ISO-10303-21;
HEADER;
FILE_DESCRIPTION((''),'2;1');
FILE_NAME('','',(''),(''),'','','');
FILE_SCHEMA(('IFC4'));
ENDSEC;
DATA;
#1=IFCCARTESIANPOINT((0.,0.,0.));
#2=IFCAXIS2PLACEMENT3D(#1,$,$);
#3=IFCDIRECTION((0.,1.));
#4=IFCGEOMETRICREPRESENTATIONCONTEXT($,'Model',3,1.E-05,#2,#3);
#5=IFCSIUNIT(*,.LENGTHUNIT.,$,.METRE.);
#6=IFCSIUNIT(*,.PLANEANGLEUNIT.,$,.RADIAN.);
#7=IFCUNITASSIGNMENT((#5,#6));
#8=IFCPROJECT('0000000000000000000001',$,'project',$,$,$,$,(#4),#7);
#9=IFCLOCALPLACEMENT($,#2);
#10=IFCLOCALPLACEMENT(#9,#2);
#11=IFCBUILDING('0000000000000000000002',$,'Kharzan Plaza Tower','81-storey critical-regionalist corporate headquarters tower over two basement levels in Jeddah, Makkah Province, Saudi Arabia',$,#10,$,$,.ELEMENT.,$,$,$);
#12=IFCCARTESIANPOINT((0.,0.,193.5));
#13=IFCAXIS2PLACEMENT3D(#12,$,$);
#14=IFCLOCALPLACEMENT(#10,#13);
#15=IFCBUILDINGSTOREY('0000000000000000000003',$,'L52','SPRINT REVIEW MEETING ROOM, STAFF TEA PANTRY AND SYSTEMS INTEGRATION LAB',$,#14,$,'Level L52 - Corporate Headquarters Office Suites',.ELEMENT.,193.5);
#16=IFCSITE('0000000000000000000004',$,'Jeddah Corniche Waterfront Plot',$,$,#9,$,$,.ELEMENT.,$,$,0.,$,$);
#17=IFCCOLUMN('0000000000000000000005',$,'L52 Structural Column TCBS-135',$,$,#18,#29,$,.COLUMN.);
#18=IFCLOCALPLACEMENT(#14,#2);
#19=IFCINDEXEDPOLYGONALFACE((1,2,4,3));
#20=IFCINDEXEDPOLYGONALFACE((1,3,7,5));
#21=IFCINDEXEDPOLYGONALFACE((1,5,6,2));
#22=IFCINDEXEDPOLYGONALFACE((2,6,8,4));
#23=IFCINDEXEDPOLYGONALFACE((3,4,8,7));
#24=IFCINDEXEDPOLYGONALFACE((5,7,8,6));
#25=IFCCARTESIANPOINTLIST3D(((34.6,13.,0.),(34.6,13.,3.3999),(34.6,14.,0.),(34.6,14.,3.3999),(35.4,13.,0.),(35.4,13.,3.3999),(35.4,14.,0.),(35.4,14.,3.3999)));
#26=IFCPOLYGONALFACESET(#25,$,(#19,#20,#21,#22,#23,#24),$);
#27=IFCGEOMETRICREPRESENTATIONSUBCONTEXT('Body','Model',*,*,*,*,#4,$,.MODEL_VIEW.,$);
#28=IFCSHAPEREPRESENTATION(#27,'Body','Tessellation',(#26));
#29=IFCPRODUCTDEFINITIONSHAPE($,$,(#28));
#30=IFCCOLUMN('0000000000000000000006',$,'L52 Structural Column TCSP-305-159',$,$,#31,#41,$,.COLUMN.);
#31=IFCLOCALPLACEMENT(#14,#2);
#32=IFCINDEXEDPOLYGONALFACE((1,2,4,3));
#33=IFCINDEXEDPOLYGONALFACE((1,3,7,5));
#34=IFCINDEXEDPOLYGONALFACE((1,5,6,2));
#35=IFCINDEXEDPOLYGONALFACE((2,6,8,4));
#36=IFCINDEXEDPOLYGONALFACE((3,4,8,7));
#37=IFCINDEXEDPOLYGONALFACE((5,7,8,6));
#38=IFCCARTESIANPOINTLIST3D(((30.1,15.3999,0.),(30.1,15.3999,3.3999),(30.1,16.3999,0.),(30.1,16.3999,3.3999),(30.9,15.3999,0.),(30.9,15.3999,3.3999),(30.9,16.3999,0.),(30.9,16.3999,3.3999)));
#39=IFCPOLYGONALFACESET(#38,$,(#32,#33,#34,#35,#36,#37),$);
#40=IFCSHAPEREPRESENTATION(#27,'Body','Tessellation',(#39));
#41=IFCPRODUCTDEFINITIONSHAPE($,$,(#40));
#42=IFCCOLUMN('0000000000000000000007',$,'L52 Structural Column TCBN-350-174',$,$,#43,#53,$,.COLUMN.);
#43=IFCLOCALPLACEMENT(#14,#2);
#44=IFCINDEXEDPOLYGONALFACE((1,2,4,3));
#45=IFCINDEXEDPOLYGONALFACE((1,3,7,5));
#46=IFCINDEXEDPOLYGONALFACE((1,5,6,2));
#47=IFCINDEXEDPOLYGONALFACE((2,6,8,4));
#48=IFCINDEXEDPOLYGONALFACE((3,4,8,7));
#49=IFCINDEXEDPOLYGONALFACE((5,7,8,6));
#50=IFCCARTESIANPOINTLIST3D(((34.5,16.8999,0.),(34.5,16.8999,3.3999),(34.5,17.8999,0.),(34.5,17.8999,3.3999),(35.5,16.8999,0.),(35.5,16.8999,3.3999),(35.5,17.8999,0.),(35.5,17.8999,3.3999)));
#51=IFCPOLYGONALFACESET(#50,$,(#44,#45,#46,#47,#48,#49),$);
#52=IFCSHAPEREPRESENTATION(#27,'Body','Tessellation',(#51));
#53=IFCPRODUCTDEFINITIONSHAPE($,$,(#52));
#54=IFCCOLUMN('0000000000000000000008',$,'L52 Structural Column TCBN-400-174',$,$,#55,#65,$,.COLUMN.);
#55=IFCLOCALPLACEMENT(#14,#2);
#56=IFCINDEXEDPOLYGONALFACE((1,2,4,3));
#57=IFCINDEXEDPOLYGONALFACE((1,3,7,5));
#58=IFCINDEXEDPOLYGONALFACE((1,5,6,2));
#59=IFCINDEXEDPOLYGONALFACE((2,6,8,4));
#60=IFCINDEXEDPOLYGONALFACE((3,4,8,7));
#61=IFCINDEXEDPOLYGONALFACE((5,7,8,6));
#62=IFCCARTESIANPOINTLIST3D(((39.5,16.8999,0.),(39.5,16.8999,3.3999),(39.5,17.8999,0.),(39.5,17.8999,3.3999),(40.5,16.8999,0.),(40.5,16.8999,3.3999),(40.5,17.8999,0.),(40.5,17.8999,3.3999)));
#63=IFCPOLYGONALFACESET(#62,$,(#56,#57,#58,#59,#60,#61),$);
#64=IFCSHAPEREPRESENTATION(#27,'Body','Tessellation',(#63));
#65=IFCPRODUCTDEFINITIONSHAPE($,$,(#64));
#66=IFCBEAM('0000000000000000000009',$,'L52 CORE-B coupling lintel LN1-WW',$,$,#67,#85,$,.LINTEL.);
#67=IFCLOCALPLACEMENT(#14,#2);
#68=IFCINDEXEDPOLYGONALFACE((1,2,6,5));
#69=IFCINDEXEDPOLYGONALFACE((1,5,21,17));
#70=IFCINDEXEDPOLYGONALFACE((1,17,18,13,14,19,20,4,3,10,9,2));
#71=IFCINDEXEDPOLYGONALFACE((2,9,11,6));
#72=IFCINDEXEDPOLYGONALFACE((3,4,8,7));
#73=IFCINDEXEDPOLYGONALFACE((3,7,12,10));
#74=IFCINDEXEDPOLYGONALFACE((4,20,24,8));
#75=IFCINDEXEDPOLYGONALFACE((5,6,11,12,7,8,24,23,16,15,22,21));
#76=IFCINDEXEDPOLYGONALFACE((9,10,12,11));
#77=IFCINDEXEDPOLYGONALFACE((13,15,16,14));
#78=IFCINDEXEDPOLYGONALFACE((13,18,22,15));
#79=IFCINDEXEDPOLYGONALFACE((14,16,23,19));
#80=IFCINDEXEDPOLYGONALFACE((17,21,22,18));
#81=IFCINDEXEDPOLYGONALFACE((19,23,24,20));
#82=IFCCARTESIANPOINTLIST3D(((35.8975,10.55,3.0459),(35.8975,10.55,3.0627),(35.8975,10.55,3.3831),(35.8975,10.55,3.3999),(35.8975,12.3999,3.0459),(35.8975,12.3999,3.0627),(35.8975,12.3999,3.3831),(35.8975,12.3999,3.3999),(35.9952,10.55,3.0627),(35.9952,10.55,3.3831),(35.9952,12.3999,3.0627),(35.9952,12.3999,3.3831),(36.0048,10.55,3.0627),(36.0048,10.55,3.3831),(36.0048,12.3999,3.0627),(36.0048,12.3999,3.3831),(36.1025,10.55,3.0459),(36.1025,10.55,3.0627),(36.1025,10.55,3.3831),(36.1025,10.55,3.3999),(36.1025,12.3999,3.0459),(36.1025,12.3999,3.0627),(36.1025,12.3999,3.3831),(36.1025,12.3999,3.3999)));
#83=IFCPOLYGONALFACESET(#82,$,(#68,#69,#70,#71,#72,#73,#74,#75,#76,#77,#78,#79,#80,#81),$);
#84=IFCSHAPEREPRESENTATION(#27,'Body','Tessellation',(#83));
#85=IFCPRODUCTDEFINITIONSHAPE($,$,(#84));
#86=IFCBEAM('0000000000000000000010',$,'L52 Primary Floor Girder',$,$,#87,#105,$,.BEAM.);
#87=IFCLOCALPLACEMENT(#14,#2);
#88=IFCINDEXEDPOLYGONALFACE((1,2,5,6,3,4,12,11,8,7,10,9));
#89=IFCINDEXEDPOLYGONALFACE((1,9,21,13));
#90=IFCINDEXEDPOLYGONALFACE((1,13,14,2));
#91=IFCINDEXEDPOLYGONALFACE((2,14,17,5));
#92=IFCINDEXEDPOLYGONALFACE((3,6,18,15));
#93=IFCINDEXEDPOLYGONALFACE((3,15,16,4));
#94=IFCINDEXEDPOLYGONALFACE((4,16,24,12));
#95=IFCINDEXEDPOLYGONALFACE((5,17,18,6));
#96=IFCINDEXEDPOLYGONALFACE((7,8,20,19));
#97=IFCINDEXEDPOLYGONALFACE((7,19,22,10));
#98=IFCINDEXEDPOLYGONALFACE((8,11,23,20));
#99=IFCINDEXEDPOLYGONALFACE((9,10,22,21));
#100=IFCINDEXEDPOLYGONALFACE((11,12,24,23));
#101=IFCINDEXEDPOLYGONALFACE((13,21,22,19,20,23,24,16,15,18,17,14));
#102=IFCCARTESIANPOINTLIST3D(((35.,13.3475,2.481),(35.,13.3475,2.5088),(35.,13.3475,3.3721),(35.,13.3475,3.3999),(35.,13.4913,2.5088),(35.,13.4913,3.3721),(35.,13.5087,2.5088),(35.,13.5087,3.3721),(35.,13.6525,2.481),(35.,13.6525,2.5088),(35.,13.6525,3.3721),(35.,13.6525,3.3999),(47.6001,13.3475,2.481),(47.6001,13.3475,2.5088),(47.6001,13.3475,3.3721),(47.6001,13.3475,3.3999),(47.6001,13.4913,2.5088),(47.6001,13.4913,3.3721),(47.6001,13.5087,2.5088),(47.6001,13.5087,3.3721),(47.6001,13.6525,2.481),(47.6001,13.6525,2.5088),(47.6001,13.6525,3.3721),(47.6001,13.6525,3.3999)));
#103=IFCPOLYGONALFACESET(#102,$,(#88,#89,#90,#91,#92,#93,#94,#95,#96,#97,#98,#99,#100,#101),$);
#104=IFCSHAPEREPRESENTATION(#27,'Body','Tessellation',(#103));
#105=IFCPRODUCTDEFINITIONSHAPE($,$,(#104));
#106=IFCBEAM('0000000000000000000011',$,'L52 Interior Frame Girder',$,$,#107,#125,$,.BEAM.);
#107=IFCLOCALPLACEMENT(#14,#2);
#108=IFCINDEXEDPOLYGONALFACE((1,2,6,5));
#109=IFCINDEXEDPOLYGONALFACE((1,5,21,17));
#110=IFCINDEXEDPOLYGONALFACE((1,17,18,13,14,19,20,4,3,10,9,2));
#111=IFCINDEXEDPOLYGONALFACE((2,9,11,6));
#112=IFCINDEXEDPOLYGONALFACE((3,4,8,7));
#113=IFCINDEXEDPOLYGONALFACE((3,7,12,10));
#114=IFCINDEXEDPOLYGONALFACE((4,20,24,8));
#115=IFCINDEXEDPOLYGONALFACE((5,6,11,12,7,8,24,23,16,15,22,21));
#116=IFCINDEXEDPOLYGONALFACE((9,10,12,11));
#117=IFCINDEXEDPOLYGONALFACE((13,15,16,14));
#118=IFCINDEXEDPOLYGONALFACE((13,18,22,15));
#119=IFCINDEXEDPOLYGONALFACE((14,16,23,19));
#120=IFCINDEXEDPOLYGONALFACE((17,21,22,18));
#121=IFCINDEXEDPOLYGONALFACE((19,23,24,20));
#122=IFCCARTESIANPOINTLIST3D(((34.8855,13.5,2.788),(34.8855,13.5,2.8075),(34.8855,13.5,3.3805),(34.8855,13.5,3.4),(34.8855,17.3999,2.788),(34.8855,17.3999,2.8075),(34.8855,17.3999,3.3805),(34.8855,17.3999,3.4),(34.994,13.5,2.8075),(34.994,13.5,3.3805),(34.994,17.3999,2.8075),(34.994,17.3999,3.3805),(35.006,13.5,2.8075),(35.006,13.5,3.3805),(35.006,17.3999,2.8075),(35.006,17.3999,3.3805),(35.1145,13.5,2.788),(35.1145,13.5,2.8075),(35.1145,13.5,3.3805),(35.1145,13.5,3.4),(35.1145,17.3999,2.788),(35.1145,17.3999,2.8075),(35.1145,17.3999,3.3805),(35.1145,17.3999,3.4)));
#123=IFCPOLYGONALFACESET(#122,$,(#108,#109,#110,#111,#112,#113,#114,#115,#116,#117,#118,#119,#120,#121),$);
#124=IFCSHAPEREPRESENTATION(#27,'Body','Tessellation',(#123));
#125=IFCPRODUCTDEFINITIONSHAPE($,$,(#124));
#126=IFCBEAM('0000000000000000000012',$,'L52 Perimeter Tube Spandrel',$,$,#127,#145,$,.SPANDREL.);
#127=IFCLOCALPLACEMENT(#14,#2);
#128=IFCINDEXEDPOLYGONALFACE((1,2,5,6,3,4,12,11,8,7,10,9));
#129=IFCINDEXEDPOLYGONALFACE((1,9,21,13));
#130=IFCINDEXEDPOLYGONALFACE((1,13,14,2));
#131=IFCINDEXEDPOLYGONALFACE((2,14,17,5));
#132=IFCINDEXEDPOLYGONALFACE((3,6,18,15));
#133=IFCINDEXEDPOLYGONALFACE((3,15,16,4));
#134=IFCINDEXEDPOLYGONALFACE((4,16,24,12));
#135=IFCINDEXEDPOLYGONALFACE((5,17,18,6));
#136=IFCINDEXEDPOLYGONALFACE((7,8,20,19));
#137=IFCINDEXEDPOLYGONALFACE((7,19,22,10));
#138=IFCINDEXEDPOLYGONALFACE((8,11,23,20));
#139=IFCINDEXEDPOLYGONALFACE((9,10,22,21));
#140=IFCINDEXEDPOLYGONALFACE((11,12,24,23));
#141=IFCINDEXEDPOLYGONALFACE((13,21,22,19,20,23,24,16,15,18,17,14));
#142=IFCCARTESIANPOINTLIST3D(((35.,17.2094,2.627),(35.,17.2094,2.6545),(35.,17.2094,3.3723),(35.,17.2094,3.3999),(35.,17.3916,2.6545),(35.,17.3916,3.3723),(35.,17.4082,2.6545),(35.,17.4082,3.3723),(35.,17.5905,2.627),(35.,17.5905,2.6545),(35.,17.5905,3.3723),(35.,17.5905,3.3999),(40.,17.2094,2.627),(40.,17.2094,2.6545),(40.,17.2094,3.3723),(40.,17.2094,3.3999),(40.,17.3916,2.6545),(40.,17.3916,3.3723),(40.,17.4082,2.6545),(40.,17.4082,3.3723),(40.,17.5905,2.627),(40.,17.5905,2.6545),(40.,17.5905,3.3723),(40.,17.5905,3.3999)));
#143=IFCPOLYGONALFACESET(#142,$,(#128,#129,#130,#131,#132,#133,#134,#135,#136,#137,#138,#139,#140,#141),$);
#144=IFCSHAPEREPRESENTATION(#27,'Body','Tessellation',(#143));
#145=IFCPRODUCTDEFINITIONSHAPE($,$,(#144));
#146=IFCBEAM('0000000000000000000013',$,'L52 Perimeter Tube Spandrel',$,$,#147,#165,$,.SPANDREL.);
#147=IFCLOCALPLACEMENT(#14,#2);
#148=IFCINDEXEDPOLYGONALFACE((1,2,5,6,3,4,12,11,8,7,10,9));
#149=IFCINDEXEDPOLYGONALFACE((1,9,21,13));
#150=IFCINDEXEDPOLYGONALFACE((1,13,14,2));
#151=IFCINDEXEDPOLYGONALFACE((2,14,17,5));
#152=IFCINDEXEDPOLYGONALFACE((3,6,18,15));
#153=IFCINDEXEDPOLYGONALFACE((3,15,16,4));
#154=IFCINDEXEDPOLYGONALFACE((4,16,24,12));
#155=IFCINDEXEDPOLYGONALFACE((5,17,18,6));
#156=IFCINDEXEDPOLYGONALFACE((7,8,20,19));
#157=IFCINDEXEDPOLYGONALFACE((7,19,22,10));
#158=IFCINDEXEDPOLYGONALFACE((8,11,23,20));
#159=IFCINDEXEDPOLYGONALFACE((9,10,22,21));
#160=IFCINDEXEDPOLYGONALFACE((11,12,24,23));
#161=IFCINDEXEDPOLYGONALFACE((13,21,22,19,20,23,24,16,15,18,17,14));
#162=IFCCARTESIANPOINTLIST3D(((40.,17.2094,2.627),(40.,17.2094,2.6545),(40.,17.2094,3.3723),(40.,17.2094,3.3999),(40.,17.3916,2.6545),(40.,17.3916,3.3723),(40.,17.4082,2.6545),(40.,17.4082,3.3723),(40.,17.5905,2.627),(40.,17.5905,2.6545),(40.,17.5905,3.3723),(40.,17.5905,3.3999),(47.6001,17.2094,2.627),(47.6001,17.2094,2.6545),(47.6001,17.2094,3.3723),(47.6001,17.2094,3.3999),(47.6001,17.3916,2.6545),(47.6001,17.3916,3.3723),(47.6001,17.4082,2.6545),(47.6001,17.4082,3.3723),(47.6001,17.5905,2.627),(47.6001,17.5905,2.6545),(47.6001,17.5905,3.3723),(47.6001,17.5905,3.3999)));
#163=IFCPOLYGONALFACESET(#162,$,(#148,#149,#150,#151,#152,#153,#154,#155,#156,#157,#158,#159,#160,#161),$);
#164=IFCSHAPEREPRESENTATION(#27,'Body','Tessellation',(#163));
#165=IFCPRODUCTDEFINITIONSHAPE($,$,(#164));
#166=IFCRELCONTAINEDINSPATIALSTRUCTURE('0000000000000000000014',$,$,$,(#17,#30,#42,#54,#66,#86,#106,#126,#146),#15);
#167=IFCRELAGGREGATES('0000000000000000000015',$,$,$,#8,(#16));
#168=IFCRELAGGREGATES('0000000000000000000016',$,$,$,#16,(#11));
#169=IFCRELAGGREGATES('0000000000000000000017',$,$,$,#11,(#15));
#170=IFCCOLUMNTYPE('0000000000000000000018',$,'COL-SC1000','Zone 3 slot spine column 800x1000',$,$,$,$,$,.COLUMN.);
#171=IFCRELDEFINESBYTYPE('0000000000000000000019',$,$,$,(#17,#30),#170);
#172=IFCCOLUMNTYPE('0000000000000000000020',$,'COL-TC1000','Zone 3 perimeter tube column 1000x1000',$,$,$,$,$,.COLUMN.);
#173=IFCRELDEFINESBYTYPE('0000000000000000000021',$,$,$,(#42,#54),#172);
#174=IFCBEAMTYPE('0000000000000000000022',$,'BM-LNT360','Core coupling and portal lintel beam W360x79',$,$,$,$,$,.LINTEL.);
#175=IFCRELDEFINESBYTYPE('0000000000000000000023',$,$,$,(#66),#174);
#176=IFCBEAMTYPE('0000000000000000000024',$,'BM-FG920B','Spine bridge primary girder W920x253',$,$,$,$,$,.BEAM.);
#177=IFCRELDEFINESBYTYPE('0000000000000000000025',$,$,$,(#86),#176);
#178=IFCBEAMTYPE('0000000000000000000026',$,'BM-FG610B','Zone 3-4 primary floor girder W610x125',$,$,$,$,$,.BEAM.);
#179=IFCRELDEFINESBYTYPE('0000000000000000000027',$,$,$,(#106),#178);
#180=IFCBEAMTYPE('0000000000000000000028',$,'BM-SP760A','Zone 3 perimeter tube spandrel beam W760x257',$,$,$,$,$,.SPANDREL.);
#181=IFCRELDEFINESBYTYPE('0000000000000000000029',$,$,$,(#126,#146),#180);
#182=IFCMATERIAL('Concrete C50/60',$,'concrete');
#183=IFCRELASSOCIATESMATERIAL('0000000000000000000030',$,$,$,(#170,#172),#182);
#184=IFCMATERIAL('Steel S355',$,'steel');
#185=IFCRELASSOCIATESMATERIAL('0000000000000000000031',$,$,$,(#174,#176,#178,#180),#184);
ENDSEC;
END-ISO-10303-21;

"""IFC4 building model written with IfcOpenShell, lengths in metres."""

from ifc_helpers import new_model, si_unit, direction, frame, origin, origin_2d, place, context, subcontext, project, spatial, rectangle, i_section, extrude, source, transform, mapped, material, material_profile, profile_set, type_object, element, save


model = new_model("IFC4")

# Units and contexts
model_context = context("Model", 3, precision=1e-05, world=origin(), true_north=direction((0.0, 1.0)))
body_context = subcontext(model_context, "Body", "Model", "MODEL_VIEW")
ifc_project = project(units=[si_unit("LENGTHUNIT", "METRE"), si_unit("PLANEANGLEUNIT", "RADIAN")], contexts=[model_context])

# Site, building, storey
site_placement = place(None, origin())
site = spatial("IfcSite", under=ifc_project, at=site_placement, Name="Jeddah Corniche Waterfront Plot", CompositionType="ELEMENT", RefElevation=0.0)
building_placement = place(site_placement, origin())
building = spatial("IfcBuilding", under=site, at=building_placement, Name="Kharzan Plaza Tower", Description="81-storey critical-regionalist corporate headquarters tower over two basement levels in Jeddah, Makkah Province, Saudi Arabia", CompositionType="ELEMENT")
storey_placement = place(building_placement, frame((0.0, 0.0, 193.5)))
storey = spatial("IfcBuildingStorey", under=building, at=storey_placement, Name="L52", Description="SPRINT REVIEW MEETING ROOM, STAFF TEA PANTRY AND SYSTEMS INTEGRATION LAB", LongName="Level L52 - Corporate Headquarters Office Suites", CompositionType="ELEMENT", Elevation=193.5)

# Columns
ifc_material_1 = material(Name="Concrete C50/60", Category="concrete")
ifc_material_profile_1 = material_profile(ifc_material_1, rectangle(XDim=0.8, YDim=1.0, at=origin_2d()), Name="RC-SC1000x800")
ifc_profile_set_1 = profile_set([ifc_material_profile_1], Name="Concrete C50/60")
column_type_1 = type_object("IfcColumnType", Name="COL-SC1000", Description="Zone 3 slot spine column 800x1000", PredefinedType="COLUMN", material=ifc_profile_set_1)
shared_shape_1 = source(origin(), body_context, "Body", "SweptSolid", [
    extrude(rectangle(XDim=0.8, YDim=1.0, at=origin_2d()), origin(), (0.0, 0.0, 1.0), 3.3999),
])
for number, where, z_axis, x_axis, name in (
    (1, (35.0, 13.5, 0.0), (0.0, 0.0, 1.0), (1.0, 0.0, 0.0), "L52 Structural Column TCBS-135"),
    (2, (30.5, 15.8999, 0.0), (0.0, 0.0, 1.0), (1.0, 0.0, 0.0), "L52 Structural Column TCSP-305-159"),
):
    element("IfcColumn", number, at=place(storey_placement, frame(where, z_axis=z_axis, x_axis=x_axis)), inside=storey, type_object=column_type_1, Name=name, PredefinedType="COLUMN", context=body_context, shape_type="MappedRepresentation", body=[
        mapped(shared_shape_1, transform((0.0, 0.0, 0.0), x_axis=(1.0, 0.0, 0.0), y_axis=(0.0, 1.0, 0.0), z_axis=(0.0, 0.0, 1.0))),
    ])
ifc_material_profile_2 = material_profile(ifc_material_1, rectangle(XDim=1.0, YDim=1.0, at=origin_2d()), Name="RC-TC1000x1000")
ifc_profile_set_2 = profile_set([ifc_material_profile_2], Name="Concrete C50/60")
column_type_2 = type_object("IfcColumnType", Name="COL-TC1000", Description="Zone 3 perimeter tube column 1000x1000", PredefinedType="COLUMN", material=ifc_profile_set_2)
shared_shape_2 = source(origin(), body_context, "Body", "SweptSolid", [
    extrude(rectangle(XDim=1.0, YDim=1.0, at=origin_2d()), origin(), (0.0, 0.0, 1.0), 3.3999),
])
for number, where, z_axis, x_axis, name in (
    (3, (35.0, 17.3999, 0.0), (0.0, 0.0, 1.0), (1.0, 0.0, 0.0), "L52 Structural Column TCBN-350-174"),
    (4, (40.0, 17.3999, 0.0), (0.0, 0.0, 1.0), (1.0, 0.0, 0.0), "L52 Structural Column TCBN-400-174"),
):
    element("IfcColumn", number, at=place(storey_placement, frame(where, z_axis=z_axis, x_axis=x_axis)), inside=storey, type_object=column_type_2, Name=name, PredefinedType="COLUMN", context=body_context, shape_type="MappedRepresentation", body=[
        mapped(shared_shape_2, transform((0.0, 0.0, 0.0), x_axis=(1.0, 0.0, 0.0), y_axis=(0.0, 1.0, 0.0), z_axis=(0.0, 0.0, 1.0))),
    ])

# Beams
ifc_material_2 = material(Name="Steel S355", Category="steel")
ifc_material_profile_3 = material_profile(ifc_material_2, i_section(OverallWidth=0.2051, OverallDepth=0.354, WebThickness=0.0095, FlangeThickness=0.0168, at=origin_2d()), Name="W360x79")
ifc_profile_set_3 = profile_set([ifc_material_profile_3], Name="Steel S355")
beam_type_1 = type_object("IfcBeamType", Name="BM-LNT360", Description="Core coupling and portal lintel beam W360x79", PredefinedType="LINTEL", material=ifc_profile_set_3)
shared_shape_3 = source(origin(), body_context, "Body", "SweptSolid", [
    extrude(i_section(OverallWidth=0.2051, OverallDepth=0.354, WebThickness=0.0095, FlangeThickness=0.0168, at=origin_2d()), origin(), (0.0, 0.0, 1.0), 1.8499),
])
beam_1_placement = place(storey_placement, frame((36.0, 10.55, 3.2229), z_axis=(0.0, 1.0, 0.0), x_axis=(-1.0, 0.0, 0.0)))
element("IfcBeam", 5, at=beam_1_placement, inside=storey, type_object=beam_type_1, Name="L52 CORE-B coupling lintel LN1-WW", PredefinedType="LINTEL", context=body_context, shape_type="MappedRepresentation", body=[
    mapped(shared_shape_3, transform((0.0, 0.0, 0.0), x_axis=(1.0, 0.0, 0.0), y_axis=(0.0, 1.0, 0.0), z_axis=(0.0, 0.0, 1.0))),
])
ifc_material_profile_4 = material_profile(ifc_material_2, i_section(OverallWidth=0.3049, OverallDepth=0.9189, WebThickness=0.0173, FlangeThickness=0.0278, at=origin_2d()), Name="W920x253")
ifc_profile_set_4 = profile_set([ifc_material_profile_4], Name="Steel S355")
beam_type_2 = type_object("IfcBeamType", Name="BM-FG920B", Description="Spine bridge primary girder W920x253", PredefinedType="BEAM", material=ifc_profile_set_4)
shared_shape_4 = source(origin(), body_context, "Body", "SweptSolid", [
    extrude(i_section(OverallWidth=0.3049, OverallDepth=0.9189, WebThickness=0.0173, FlangeThickness=0.0278, at=origin_2d()), origin(), (0.0, 0.0, 1.0), 12.6001),
])
beam_2_placement = place(storey_placement, frame((35.0, 13.5, 2.9404), z_axis=(1.0, 0.0, 0.0), x_axis=(0.0, 1.0, 0.0)))
element("IfcBeam", 6, at=beam_2_placement, inside=storey, type_object=beam_type_2, Name="L52 Primary Floor Girder", PredefinedType="BEAM", context=body_context, shape_type="MappedRepresentation", body=[
    mapped(shared_shape_4, transform((0.0, 0.0, 0.0), x_axis=(1.0, 0.0, 0.0), y_axis=(0.0, 1.0, 0.0), z_axis=(0.0, 0.0, 1.0))),
])
ifc_material_profile_5 = material_profile(ifc_material_2, i_section(OverallWidth=0.229, OverallDepth=0.6121, WebThickness=0.012, FlangeThickness=0.0195, at=origin_2d()), Name="W610x125")
ifc_profile_set_5 = profile_set([ifc_material_profile_5], Name="Steel S355")
beam_type_3 = type_object("IfcBeamType", Name="BM-FG610B", Description="Zone 3-4 primary floor girder W610x125", PredefinedType="BEAM", material=ifc_profile_set_5)
shared_shape_5 = source(origin(), body_context, "Body", "SweptSolid", [
    extrude(i_section(OverallWidth=0.229, OverallDepth=0.6121, WebThickness=0.012, FlangeThickness=0.0195, at=origin_2d()), origin(), (0.0, 0.0, 1.0), 3.8999),
])
beam_3_placement = place(storey_placement, frame((35.0, 13.5, 3.094), z_axis=(0.0, 1.0, 0.0), x_axis=(-1.0, 0.0, 0.0)))
element("IfcBeam", 7, at=beam_3_placement, inside=storey, type_object=beam_type_3, Name="L52 Interior Frame Girder", PredefinedType="BEAM", context=body_context, shape_type="MappedRepresentation", body=[
    mapped(shared_shape_5, transform((0.0, 0.0, 0.0), x_axis=(1.0, 0.0, 0.0), y_axis=(0.0, 1.0, 0.0), z_axis=(0.0, 0.0, 1.0))),
])
ifc_material_profile_6 = material_profile(ifc_material_2, i_section(OverallWidth=0.3811, OverallDepth=0.7729, WebThickness=0.0166, FlangeThickness=0.0276, at=origin_2d()), Name="W760x257")
ifc_profile_set_6 = profile_set([ifc_material_profile_6], Name="Steel S355")
beam_type_4 = type_object("IfcBeamType", Name="BM-SP760A", Description="Zone 3 perimeter tube spandrel beam W760x257", PredefinedType="SPANDREL", material=ifc_profile_set_6)
shared_shape_6 = source(origin(), body_context, "Body", "SweptSolid", [
    extrude(i_section(OverallWidth=0.3811, OverallDepth=0.7729, WebThickness=0.0166, FlangeThickness=0.0276, at=origin_2d()), origin(), (0.0, 0.0, 1.0), 5.0),
])
beam_4_placement = place(storey_placement, frame((35.0, 17.3999, 3.0134), z_axis=(1.0, 0.0, 0.0), x_axis=(0.0, 1.0, 0.0)))
element("IfcBeam", 8, at=beam_4_placement, inside=storey, type_object=beam_type_4, Name="L52 Perimeter Tube Spandrel", PredefinedType="SPANDREL", context=body_context, shape_type="MappedRepresentation", body=[
    mapped(shared_shape_6, transform((0.0, 0.0, 0.0), x_axis=(1.0, 0.0, 0.0), y_axis=(0.0, 1.0, 0.0), z_axis=(0.0, 0.0, 1.0))),
])
shared_shape_7 = source(origin(), body_context, "Body", "SweptSolid", [
    extrude(i_section(OverallWidth=0.3811, OverallDepth=0.7729, WebThickness=0.0166, FlangeThickness=0.0276, at=origin_2d()), origin(), (0.0, 0.0, 1.0), 7.6001),
])
beam_5_placement = place(storey_placement, frame((40.0, 17.3999, 3.0134), z_axis=(1.0, 0.0, 0.0), x_axis=(0.0, 1.0, 0.0)))
element("IfcBeam", 9, at=beam_5_placement, inside=storey, type_object=beam_type_4, Name="L52 Perimeter Tube Spandrel", PredefinedType="SPANDREL", context=body_context, shape_type="MappedRepresentation", body=[
    mapped(shared_shape_7, transform((0.0, 0.0, 0.0), x_axis=(1.0, 0.0, 0.0), y_axis=(0.0, 1.0, 0.0), z_axis=(0.0, 0.0, 1.0))),
])

save(model, "model.ifc")
